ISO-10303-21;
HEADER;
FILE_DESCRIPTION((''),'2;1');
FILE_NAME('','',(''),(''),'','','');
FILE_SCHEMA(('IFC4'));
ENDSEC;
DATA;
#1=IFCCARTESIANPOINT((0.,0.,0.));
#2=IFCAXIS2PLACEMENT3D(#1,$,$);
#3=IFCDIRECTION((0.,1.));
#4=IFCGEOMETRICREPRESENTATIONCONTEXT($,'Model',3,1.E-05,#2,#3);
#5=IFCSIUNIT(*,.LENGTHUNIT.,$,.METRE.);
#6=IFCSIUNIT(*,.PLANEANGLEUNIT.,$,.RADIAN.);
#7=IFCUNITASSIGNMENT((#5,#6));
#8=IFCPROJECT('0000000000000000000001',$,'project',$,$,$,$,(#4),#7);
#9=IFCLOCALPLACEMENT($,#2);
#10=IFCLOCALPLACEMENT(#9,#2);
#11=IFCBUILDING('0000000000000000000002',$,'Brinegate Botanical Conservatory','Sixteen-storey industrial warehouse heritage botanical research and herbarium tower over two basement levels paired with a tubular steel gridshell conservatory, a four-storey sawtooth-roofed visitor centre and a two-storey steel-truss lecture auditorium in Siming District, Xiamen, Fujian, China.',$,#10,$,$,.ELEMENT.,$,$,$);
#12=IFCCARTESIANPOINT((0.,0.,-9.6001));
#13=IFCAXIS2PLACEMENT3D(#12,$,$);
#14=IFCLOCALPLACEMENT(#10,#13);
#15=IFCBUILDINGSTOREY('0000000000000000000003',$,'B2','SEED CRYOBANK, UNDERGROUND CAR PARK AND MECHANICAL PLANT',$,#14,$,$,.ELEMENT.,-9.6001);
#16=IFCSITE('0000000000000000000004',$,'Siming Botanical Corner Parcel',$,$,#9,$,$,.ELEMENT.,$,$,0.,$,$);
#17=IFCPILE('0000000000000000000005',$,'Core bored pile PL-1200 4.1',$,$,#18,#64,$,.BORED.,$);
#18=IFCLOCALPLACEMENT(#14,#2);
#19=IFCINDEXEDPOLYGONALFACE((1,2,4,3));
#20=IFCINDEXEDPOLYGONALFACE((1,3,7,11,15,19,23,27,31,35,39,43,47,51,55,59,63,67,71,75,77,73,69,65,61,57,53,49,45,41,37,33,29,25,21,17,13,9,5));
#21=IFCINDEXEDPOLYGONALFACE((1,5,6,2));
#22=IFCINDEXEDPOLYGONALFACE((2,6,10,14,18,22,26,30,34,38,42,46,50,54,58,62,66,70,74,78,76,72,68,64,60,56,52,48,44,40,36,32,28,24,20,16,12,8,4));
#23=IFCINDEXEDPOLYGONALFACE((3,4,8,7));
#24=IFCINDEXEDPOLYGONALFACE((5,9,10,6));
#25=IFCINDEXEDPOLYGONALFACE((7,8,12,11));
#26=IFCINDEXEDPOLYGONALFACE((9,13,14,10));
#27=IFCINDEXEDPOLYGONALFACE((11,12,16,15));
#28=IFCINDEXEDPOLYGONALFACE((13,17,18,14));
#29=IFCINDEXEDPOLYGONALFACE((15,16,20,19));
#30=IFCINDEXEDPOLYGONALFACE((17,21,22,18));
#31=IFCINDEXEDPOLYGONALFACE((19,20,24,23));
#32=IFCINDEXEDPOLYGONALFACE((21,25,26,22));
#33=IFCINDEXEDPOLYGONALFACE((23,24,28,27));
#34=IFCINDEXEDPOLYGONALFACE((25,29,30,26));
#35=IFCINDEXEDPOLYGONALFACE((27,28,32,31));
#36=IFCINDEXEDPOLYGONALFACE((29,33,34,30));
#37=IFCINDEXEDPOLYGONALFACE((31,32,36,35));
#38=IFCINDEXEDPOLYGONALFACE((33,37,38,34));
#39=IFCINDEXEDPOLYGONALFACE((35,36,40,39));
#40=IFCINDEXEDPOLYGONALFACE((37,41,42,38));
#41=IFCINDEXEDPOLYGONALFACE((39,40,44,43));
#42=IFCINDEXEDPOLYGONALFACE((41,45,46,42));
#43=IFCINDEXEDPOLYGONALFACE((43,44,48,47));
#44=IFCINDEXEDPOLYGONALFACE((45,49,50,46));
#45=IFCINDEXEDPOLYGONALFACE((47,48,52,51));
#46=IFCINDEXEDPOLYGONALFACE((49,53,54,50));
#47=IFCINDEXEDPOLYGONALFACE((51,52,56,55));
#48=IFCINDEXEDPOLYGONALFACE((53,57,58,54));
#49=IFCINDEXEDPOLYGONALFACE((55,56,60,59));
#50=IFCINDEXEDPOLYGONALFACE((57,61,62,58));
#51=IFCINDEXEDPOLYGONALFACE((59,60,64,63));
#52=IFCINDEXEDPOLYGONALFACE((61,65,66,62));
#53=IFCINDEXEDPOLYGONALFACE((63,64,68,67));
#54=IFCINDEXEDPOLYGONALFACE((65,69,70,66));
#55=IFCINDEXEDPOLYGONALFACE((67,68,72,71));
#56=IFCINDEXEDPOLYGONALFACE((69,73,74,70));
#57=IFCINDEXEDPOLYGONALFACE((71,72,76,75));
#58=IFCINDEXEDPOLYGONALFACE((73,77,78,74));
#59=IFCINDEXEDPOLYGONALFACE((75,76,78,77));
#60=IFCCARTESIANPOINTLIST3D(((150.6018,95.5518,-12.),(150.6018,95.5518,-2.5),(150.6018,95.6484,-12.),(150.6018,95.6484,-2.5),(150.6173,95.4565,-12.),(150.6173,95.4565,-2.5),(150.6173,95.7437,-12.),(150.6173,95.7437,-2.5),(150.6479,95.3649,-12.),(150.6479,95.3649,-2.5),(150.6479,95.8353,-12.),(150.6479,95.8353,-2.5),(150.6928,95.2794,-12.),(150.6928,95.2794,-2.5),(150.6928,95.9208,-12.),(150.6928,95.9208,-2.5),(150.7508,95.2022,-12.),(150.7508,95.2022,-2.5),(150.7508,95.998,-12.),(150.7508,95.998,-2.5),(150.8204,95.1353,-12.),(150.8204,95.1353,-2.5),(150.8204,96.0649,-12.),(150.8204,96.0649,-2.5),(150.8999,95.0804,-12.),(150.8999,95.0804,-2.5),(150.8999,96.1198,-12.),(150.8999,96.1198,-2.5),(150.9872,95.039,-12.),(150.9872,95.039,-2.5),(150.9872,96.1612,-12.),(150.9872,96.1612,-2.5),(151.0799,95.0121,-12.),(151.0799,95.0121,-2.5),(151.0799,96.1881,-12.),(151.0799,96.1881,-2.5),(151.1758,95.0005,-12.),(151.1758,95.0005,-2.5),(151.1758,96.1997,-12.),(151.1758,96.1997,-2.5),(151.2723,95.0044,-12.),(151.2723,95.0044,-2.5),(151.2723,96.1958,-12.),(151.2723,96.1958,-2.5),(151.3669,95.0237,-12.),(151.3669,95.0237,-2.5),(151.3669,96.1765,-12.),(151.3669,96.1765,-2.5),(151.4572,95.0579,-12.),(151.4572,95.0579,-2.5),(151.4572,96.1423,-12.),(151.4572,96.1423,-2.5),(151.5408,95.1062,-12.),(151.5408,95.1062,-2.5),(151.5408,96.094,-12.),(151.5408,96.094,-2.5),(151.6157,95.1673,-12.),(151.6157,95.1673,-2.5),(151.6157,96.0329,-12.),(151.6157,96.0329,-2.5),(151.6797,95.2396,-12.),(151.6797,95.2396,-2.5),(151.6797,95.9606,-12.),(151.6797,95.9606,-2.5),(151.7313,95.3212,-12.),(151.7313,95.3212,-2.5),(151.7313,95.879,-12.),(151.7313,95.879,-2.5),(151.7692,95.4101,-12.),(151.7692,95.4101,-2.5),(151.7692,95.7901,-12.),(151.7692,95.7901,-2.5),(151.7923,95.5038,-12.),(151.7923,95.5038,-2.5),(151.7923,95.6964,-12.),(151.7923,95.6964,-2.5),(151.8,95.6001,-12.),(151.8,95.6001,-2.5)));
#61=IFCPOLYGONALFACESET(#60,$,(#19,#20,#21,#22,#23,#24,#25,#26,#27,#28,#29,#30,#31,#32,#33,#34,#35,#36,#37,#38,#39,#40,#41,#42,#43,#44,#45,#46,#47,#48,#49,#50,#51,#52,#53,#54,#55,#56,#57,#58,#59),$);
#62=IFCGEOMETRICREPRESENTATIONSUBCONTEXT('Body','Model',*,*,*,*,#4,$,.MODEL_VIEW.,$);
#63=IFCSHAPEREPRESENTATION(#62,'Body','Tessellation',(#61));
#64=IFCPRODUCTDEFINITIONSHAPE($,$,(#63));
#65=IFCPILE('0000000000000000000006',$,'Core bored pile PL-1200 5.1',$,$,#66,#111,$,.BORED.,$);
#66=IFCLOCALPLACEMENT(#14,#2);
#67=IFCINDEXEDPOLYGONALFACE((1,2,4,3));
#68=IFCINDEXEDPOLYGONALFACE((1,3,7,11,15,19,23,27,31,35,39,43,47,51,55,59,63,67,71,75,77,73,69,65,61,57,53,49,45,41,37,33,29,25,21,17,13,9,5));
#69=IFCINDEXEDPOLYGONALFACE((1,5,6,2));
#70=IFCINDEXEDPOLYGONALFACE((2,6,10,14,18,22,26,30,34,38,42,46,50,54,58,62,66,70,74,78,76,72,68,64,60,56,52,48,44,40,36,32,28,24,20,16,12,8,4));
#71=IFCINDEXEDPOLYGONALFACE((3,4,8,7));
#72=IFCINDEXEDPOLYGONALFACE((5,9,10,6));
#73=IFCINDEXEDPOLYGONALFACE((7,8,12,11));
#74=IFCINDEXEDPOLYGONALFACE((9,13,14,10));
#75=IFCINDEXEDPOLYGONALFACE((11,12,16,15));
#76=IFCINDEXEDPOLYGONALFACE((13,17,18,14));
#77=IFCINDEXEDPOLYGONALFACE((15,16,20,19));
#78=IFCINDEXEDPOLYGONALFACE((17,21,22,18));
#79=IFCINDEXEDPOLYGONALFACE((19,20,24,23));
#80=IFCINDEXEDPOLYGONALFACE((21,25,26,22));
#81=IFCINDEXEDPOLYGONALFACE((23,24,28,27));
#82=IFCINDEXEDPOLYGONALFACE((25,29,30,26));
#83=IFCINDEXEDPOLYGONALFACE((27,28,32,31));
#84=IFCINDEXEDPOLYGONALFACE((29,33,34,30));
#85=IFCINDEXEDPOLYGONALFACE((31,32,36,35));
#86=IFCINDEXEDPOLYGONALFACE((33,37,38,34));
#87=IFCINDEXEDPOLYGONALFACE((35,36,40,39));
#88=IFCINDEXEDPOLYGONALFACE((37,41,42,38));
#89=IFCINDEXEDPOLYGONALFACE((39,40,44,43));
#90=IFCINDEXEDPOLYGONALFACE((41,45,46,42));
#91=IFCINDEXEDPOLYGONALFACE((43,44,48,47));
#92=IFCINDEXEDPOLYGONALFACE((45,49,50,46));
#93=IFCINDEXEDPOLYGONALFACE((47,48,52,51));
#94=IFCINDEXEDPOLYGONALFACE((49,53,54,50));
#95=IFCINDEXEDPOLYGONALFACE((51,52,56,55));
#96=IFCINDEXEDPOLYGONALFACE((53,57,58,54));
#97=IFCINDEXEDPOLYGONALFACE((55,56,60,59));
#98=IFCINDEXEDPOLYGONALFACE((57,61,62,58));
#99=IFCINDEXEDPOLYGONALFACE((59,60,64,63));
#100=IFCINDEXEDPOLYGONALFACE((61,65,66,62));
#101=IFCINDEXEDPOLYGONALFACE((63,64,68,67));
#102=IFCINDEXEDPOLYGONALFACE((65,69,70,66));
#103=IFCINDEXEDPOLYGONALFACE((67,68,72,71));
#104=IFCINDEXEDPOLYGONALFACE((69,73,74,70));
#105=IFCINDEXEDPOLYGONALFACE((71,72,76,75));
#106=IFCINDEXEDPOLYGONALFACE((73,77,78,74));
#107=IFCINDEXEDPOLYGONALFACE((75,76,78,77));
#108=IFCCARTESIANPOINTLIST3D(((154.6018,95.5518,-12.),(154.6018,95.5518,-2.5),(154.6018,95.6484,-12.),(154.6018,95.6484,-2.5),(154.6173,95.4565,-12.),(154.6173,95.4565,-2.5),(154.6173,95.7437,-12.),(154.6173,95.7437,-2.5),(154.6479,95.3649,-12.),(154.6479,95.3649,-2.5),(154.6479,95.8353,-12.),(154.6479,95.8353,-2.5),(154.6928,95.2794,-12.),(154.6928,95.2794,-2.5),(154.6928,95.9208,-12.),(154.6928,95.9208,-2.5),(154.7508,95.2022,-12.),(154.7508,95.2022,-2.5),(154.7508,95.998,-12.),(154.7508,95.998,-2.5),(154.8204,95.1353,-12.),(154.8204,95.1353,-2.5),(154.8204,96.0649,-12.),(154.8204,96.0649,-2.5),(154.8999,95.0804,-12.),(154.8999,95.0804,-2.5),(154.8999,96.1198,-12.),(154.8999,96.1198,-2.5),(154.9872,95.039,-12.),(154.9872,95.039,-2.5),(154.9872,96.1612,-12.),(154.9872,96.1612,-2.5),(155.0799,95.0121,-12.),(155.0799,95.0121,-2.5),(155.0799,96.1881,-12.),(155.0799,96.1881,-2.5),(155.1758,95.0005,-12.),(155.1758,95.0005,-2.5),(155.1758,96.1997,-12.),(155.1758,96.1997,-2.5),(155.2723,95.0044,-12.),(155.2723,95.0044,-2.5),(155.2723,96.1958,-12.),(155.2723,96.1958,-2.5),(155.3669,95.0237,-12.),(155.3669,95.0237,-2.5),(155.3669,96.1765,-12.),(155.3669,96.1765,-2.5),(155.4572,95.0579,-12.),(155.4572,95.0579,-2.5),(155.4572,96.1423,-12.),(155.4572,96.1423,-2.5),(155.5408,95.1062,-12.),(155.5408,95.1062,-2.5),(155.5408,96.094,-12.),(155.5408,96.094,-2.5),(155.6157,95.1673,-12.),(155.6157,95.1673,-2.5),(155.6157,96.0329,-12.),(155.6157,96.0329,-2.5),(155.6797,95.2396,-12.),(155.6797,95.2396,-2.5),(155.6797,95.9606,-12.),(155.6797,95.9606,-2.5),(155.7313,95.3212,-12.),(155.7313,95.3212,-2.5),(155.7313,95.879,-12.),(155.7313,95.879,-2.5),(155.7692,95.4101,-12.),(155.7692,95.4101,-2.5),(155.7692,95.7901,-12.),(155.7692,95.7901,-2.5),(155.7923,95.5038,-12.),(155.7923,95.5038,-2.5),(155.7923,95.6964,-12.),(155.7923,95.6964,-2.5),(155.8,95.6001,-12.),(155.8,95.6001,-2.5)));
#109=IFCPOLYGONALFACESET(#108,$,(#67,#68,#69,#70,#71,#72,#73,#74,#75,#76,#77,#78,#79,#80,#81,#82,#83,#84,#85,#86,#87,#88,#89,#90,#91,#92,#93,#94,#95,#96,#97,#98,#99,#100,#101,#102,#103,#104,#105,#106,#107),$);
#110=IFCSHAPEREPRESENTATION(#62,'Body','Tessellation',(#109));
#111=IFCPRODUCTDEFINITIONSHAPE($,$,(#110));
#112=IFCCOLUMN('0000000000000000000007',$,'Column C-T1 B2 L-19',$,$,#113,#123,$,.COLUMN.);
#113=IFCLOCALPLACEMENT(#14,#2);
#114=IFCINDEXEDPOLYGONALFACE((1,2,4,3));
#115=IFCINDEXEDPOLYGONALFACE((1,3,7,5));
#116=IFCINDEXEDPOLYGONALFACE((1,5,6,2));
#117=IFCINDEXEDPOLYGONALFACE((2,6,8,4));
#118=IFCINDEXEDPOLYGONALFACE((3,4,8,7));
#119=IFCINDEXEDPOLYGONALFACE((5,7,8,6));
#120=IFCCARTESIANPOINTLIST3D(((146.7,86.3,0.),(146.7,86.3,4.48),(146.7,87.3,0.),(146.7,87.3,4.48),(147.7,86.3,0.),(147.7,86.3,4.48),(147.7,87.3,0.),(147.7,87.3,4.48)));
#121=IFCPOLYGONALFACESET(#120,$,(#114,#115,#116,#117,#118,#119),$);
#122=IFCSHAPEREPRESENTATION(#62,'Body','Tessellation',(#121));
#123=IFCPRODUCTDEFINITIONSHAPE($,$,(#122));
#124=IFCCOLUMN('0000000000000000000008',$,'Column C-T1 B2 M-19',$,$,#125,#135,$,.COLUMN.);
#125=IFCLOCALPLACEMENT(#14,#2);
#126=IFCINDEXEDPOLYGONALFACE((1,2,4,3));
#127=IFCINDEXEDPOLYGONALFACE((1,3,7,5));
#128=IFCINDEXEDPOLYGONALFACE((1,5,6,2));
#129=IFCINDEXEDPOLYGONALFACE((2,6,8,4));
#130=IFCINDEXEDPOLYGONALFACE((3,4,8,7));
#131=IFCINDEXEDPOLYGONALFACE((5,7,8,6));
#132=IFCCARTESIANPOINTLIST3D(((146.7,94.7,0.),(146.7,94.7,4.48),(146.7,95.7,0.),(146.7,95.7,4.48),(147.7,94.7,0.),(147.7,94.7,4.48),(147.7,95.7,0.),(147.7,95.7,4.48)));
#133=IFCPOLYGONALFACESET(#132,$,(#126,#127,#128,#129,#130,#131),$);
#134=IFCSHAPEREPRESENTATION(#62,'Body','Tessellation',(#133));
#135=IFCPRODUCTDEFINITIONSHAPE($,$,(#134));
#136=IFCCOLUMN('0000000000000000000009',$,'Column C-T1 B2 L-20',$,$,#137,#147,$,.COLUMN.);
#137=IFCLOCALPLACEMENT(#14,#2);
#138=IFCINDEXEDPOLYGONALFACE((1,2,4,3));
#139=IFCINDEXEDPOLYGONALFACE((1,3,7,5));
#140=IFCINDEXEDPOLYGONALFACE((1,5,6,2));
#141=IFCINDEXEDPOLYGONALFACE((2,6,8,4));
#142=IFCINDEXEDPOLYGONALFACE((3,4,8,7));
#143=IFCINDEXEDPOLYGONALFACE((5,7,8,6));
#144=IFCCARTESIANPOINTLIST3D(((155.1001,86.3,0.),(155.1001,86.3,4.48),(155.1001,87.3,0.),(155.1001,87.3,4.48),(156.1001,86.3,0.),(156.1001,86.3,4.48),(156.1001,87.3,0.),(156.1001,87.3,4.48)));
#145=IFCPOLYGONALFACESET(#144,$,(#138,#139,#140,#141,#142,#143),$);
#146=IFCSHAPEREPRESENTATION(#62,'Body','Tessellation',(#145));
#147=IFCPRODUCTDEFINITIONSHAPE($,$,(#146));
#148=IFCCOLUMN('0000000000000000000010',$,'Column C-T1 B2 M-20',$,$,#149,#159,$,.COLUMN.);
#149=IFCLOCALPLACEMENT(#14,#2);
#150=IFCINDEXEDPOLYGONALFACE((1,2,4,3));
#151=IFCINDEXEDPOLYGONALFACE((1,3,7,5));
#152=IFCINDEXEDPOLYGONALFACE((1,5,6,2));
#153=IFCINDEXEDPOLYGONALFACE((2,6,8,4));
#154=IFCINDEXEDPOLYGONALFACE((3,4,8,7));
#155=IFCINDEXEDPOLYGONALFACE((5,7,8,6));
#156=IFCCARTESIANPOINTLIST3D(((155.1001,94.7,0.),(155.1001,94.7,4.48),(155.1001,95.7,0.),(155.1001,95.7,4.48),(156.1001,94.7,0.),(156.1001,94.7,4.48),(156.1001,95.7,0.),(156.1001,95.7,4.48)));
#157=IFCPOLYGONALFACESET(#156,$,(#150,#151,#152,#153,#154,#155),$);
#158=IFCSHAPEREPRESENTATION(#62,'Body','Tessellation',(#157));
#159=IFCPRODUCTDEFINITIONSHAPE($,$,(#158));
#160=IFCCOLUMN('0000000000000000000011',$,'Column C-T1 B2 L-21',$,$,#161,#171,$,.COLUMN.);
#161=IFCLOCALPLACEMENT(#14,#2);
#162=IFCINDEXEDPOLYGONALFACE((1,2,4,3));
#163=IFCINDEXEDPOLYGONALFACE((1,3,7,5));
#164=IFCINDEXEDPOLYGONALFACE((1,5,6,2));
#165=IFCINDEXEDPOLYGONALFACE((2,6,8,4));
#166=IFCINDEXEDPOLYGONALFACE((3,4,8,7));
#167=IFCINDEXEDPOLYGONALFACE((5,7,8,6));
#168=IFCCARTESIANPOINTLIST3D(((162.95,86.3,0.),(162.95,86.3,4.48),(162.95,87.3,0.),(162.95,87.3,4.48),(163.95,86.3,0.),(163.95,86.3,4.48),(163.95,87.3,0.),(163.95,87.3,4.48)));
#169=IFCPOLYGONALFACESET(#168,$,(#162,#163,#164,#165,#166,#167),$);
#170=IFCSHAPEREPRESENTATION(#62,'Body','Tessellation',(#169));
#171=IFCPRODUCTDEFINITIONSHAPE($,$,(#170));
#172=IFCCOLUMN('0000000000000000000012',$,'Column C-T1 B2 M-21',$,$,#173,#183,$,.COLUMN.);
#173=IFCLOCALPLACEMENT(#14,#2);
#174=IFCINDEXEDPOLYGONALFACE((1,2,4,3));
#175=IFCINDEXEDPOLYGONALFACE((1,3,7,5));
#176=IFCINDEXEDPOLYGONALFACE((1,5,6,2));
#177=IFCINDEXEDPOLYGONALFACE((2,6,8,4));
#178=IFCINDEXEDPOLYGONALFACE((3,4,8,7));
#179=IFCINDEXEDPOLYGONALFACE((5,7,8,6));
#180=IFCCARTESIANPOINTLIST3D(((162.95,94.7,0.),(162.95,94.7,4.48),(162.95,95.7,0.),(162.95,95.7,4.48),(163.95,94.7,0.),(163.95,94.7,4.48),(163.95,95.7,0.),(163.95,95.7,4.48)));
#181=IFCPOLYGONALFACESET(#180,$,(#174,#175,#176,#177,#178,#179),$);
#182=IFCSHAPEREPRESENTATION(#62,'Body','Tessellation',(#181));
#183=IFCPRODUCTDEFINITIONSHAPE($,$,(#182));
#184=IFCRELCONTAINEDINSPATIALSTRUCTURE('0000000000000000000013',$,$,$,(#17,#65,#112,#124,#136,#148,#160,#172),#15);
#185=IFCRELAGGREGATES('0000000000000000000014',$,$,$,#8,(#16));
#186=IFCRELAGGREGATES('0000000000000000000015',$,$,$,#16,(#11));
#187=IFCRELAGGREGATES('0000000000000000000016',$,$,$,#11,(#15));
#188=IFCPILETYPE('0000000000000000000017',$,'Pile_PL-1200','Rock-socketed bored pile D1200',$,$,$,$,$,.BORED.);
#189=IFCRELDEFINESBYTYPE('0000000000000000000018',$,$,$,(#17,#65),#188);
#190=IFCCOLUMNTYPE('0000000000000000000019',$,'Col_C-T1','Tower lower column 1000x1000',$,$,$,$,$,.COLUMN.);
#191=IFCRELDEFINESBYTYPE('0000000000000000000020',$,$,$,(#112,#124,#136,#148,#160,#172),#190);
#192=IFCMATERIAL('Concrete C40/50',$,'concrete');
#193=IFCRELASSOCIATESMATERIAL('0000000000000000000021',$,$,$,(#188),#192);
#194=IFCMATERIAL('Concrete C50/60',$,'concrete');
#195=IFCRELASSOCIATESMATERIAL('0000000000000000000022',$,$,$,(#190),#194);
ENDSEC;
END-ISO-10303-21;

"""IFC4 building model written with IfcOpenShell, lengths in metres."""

from ifc_helpers import new_model, si_unit, direction, frame, origin, origin_2d, place, context, subcontext, project, spatial, rectangle, circle, extrude, material, material_profile, profile_set, type_object, element, save


model = new_model("IFC4")

# Units and contexts
model_context = context("Model", 3, precision=1e-05, world=origin(), true_north=direction((0.0, 1.0)))
body_context = subcontext(model_context, "Body", "Model", "MODEL_VIEW")
ifc_project = project(units=[si_unit("LENGTHUNIT", "METRE"), si_unit("PLANEANGLEUNIT", "RADIAN")], contexts=[model_context])

# Site, building, storey
site_placement = place(None, origin())
site = spatial("IfcSite", under=ifc_project, at=site_placement, Name="Siming Botanical Corner Parcel", CompositionType="ELEMENT", RefElevation=0.0)
building_placement = place(site_placement, origin())
building = spatial("IfcBuilding", under=site, at=building_placement, Name="Brinegate Botanical Conservatory", Description="Sixteen-storey industrial warehouse heritage botanical research and herbarium tower over two basement levels paired with a tubular steel gridshell conservatory, a four-storey sawtooth-roofed visitor centre and a two-storey steel-truss lecture auditorium in Siming District, Xiamen, Fujian, China.", CompositionType="ELEMENT")
storey_placement = place(building_placement, frame((0.0, 0.0, -9.6001)))
storey = spatial("IfcBuildingStorey", under=building, at=storey_placement, Name="B2", Description="SEED CRYOBANK, UNDERGROUND CAR PARK AND MECHANICAL PLANT", CompositionType="ELEMENT", Elevation=-9.6001)

# Shared definitions
ifc_material_1 = material(Name="Concrete C40/50", Category="concrete")

# Piles
ifc_material_profile_1 = material_profile(ifc_material_1, circle(Radius=0.6001, at=origin_2d()), Name="PILE D1200")
ifc_profile_set_1 = profile_set([ifc_material_profile_1], Name="Concrete C40/50")
pile_type_1 = type_object("IfcPileType", Name="Pile_PL-1200", Description="Rock-socketed bored pile D1200", PredefinedType="BORED", material=ifc_profile_set_1)
for number, where, z_axis, x_axis, name in (
    (1, (151.2, 95.6001, -2.5), (0.0, 0.0, -1.0), (1.0, 0.0, 0.0), "Core bored pile PL-1200 4.1"),
    (2, (155.2, 95.6001, -2.5), (0.0, 0.0, -1.0), (1.0, 0.0, 0.0), "Core bored pile PL-1200 5.1"),
):
    element("IfcPile", number, at=place(storey_placement, frame(where, z_axis=z_axis, x_axis=x_axis)), inside=storey, type_object=pile_type_1, Name=name, PredefinedType="BORED", context=body_context, shape_type="SweptSolid", body=[
        extrude(circle(Radius=0.6001, at=origin_2d()), origin(), (0.0, 0.0, 1.0), 9.5),
    ])

# Columns
ifc_material_2 = material(Name="Concrete C50/60", Category="concrete")
ifc_material_profile_2 = material_profile(ifc_material_2, rectangle(XDim=1.0, YDim=1.0, at=origin_2d()), Name="RC COL 1000x1000")
ifc_profile_set_2 = profile_set([ifc_material_profile_2], Name="Concrete C50/60")
column_type = type_object("IfcColumnType", Name="Col_C-T1", Description="Tower lower column 1000x1000", PredefinedType="COLUMN", material=ifc_profile_set_2)
for number, where, z_axis, x_axis, name in (
    (3, (147.2, 86.8, 0.0), (0.0, 0.0, 1.0), (1.0, 0.0, 0.0), "Column C-T1 B2 L-19"),
    (4, (147.2, 95.2, 0.0), (0.0, 0.0, 1.0), (1.0, 0.0, 0.0), "Column C-T1 B2 M-19"),
    (5, (155.6001, 86.8, 0.0), (0.0, 0.0, 1.0), (1.0, 0.0, 0.0), "Column C-T1 B2 L-20"),
    (6, (155.6001, 95.2, 0.0), (0.0, 0.0, 1.0), (1.0, 0.0, 0.0), "Column C-T1 B2 M-20"),
    (7, (163.45, 86.8, 0.0), (0.0, 0.0, 1.0), (1.0, 0.0, 0.0), "Column C-T1 B2 L-21"),
    (8, (163.45, 95.2, 0.0), (0.0, 0.0, 1.0), (1.0, 0.0, 0.0), "Column C-T1 B2 M-21"),
):
    element("IfcColumn", number, at=place(storey_placement, frame(where, z_axis=z_axis, x_axis=x_axis)), inside=storey, type_object=column_type, Name=name, PredefinedType="COLUMN", context=body_context, shape_type="SweptSolid", body=[
        extrude(rectangle(XDim=1.0, YDim=1.0, at=origin_2d()), origin(), (0.0, 0.0, 1.0), 4.48),
    ])

save(model, "model.ifc")
